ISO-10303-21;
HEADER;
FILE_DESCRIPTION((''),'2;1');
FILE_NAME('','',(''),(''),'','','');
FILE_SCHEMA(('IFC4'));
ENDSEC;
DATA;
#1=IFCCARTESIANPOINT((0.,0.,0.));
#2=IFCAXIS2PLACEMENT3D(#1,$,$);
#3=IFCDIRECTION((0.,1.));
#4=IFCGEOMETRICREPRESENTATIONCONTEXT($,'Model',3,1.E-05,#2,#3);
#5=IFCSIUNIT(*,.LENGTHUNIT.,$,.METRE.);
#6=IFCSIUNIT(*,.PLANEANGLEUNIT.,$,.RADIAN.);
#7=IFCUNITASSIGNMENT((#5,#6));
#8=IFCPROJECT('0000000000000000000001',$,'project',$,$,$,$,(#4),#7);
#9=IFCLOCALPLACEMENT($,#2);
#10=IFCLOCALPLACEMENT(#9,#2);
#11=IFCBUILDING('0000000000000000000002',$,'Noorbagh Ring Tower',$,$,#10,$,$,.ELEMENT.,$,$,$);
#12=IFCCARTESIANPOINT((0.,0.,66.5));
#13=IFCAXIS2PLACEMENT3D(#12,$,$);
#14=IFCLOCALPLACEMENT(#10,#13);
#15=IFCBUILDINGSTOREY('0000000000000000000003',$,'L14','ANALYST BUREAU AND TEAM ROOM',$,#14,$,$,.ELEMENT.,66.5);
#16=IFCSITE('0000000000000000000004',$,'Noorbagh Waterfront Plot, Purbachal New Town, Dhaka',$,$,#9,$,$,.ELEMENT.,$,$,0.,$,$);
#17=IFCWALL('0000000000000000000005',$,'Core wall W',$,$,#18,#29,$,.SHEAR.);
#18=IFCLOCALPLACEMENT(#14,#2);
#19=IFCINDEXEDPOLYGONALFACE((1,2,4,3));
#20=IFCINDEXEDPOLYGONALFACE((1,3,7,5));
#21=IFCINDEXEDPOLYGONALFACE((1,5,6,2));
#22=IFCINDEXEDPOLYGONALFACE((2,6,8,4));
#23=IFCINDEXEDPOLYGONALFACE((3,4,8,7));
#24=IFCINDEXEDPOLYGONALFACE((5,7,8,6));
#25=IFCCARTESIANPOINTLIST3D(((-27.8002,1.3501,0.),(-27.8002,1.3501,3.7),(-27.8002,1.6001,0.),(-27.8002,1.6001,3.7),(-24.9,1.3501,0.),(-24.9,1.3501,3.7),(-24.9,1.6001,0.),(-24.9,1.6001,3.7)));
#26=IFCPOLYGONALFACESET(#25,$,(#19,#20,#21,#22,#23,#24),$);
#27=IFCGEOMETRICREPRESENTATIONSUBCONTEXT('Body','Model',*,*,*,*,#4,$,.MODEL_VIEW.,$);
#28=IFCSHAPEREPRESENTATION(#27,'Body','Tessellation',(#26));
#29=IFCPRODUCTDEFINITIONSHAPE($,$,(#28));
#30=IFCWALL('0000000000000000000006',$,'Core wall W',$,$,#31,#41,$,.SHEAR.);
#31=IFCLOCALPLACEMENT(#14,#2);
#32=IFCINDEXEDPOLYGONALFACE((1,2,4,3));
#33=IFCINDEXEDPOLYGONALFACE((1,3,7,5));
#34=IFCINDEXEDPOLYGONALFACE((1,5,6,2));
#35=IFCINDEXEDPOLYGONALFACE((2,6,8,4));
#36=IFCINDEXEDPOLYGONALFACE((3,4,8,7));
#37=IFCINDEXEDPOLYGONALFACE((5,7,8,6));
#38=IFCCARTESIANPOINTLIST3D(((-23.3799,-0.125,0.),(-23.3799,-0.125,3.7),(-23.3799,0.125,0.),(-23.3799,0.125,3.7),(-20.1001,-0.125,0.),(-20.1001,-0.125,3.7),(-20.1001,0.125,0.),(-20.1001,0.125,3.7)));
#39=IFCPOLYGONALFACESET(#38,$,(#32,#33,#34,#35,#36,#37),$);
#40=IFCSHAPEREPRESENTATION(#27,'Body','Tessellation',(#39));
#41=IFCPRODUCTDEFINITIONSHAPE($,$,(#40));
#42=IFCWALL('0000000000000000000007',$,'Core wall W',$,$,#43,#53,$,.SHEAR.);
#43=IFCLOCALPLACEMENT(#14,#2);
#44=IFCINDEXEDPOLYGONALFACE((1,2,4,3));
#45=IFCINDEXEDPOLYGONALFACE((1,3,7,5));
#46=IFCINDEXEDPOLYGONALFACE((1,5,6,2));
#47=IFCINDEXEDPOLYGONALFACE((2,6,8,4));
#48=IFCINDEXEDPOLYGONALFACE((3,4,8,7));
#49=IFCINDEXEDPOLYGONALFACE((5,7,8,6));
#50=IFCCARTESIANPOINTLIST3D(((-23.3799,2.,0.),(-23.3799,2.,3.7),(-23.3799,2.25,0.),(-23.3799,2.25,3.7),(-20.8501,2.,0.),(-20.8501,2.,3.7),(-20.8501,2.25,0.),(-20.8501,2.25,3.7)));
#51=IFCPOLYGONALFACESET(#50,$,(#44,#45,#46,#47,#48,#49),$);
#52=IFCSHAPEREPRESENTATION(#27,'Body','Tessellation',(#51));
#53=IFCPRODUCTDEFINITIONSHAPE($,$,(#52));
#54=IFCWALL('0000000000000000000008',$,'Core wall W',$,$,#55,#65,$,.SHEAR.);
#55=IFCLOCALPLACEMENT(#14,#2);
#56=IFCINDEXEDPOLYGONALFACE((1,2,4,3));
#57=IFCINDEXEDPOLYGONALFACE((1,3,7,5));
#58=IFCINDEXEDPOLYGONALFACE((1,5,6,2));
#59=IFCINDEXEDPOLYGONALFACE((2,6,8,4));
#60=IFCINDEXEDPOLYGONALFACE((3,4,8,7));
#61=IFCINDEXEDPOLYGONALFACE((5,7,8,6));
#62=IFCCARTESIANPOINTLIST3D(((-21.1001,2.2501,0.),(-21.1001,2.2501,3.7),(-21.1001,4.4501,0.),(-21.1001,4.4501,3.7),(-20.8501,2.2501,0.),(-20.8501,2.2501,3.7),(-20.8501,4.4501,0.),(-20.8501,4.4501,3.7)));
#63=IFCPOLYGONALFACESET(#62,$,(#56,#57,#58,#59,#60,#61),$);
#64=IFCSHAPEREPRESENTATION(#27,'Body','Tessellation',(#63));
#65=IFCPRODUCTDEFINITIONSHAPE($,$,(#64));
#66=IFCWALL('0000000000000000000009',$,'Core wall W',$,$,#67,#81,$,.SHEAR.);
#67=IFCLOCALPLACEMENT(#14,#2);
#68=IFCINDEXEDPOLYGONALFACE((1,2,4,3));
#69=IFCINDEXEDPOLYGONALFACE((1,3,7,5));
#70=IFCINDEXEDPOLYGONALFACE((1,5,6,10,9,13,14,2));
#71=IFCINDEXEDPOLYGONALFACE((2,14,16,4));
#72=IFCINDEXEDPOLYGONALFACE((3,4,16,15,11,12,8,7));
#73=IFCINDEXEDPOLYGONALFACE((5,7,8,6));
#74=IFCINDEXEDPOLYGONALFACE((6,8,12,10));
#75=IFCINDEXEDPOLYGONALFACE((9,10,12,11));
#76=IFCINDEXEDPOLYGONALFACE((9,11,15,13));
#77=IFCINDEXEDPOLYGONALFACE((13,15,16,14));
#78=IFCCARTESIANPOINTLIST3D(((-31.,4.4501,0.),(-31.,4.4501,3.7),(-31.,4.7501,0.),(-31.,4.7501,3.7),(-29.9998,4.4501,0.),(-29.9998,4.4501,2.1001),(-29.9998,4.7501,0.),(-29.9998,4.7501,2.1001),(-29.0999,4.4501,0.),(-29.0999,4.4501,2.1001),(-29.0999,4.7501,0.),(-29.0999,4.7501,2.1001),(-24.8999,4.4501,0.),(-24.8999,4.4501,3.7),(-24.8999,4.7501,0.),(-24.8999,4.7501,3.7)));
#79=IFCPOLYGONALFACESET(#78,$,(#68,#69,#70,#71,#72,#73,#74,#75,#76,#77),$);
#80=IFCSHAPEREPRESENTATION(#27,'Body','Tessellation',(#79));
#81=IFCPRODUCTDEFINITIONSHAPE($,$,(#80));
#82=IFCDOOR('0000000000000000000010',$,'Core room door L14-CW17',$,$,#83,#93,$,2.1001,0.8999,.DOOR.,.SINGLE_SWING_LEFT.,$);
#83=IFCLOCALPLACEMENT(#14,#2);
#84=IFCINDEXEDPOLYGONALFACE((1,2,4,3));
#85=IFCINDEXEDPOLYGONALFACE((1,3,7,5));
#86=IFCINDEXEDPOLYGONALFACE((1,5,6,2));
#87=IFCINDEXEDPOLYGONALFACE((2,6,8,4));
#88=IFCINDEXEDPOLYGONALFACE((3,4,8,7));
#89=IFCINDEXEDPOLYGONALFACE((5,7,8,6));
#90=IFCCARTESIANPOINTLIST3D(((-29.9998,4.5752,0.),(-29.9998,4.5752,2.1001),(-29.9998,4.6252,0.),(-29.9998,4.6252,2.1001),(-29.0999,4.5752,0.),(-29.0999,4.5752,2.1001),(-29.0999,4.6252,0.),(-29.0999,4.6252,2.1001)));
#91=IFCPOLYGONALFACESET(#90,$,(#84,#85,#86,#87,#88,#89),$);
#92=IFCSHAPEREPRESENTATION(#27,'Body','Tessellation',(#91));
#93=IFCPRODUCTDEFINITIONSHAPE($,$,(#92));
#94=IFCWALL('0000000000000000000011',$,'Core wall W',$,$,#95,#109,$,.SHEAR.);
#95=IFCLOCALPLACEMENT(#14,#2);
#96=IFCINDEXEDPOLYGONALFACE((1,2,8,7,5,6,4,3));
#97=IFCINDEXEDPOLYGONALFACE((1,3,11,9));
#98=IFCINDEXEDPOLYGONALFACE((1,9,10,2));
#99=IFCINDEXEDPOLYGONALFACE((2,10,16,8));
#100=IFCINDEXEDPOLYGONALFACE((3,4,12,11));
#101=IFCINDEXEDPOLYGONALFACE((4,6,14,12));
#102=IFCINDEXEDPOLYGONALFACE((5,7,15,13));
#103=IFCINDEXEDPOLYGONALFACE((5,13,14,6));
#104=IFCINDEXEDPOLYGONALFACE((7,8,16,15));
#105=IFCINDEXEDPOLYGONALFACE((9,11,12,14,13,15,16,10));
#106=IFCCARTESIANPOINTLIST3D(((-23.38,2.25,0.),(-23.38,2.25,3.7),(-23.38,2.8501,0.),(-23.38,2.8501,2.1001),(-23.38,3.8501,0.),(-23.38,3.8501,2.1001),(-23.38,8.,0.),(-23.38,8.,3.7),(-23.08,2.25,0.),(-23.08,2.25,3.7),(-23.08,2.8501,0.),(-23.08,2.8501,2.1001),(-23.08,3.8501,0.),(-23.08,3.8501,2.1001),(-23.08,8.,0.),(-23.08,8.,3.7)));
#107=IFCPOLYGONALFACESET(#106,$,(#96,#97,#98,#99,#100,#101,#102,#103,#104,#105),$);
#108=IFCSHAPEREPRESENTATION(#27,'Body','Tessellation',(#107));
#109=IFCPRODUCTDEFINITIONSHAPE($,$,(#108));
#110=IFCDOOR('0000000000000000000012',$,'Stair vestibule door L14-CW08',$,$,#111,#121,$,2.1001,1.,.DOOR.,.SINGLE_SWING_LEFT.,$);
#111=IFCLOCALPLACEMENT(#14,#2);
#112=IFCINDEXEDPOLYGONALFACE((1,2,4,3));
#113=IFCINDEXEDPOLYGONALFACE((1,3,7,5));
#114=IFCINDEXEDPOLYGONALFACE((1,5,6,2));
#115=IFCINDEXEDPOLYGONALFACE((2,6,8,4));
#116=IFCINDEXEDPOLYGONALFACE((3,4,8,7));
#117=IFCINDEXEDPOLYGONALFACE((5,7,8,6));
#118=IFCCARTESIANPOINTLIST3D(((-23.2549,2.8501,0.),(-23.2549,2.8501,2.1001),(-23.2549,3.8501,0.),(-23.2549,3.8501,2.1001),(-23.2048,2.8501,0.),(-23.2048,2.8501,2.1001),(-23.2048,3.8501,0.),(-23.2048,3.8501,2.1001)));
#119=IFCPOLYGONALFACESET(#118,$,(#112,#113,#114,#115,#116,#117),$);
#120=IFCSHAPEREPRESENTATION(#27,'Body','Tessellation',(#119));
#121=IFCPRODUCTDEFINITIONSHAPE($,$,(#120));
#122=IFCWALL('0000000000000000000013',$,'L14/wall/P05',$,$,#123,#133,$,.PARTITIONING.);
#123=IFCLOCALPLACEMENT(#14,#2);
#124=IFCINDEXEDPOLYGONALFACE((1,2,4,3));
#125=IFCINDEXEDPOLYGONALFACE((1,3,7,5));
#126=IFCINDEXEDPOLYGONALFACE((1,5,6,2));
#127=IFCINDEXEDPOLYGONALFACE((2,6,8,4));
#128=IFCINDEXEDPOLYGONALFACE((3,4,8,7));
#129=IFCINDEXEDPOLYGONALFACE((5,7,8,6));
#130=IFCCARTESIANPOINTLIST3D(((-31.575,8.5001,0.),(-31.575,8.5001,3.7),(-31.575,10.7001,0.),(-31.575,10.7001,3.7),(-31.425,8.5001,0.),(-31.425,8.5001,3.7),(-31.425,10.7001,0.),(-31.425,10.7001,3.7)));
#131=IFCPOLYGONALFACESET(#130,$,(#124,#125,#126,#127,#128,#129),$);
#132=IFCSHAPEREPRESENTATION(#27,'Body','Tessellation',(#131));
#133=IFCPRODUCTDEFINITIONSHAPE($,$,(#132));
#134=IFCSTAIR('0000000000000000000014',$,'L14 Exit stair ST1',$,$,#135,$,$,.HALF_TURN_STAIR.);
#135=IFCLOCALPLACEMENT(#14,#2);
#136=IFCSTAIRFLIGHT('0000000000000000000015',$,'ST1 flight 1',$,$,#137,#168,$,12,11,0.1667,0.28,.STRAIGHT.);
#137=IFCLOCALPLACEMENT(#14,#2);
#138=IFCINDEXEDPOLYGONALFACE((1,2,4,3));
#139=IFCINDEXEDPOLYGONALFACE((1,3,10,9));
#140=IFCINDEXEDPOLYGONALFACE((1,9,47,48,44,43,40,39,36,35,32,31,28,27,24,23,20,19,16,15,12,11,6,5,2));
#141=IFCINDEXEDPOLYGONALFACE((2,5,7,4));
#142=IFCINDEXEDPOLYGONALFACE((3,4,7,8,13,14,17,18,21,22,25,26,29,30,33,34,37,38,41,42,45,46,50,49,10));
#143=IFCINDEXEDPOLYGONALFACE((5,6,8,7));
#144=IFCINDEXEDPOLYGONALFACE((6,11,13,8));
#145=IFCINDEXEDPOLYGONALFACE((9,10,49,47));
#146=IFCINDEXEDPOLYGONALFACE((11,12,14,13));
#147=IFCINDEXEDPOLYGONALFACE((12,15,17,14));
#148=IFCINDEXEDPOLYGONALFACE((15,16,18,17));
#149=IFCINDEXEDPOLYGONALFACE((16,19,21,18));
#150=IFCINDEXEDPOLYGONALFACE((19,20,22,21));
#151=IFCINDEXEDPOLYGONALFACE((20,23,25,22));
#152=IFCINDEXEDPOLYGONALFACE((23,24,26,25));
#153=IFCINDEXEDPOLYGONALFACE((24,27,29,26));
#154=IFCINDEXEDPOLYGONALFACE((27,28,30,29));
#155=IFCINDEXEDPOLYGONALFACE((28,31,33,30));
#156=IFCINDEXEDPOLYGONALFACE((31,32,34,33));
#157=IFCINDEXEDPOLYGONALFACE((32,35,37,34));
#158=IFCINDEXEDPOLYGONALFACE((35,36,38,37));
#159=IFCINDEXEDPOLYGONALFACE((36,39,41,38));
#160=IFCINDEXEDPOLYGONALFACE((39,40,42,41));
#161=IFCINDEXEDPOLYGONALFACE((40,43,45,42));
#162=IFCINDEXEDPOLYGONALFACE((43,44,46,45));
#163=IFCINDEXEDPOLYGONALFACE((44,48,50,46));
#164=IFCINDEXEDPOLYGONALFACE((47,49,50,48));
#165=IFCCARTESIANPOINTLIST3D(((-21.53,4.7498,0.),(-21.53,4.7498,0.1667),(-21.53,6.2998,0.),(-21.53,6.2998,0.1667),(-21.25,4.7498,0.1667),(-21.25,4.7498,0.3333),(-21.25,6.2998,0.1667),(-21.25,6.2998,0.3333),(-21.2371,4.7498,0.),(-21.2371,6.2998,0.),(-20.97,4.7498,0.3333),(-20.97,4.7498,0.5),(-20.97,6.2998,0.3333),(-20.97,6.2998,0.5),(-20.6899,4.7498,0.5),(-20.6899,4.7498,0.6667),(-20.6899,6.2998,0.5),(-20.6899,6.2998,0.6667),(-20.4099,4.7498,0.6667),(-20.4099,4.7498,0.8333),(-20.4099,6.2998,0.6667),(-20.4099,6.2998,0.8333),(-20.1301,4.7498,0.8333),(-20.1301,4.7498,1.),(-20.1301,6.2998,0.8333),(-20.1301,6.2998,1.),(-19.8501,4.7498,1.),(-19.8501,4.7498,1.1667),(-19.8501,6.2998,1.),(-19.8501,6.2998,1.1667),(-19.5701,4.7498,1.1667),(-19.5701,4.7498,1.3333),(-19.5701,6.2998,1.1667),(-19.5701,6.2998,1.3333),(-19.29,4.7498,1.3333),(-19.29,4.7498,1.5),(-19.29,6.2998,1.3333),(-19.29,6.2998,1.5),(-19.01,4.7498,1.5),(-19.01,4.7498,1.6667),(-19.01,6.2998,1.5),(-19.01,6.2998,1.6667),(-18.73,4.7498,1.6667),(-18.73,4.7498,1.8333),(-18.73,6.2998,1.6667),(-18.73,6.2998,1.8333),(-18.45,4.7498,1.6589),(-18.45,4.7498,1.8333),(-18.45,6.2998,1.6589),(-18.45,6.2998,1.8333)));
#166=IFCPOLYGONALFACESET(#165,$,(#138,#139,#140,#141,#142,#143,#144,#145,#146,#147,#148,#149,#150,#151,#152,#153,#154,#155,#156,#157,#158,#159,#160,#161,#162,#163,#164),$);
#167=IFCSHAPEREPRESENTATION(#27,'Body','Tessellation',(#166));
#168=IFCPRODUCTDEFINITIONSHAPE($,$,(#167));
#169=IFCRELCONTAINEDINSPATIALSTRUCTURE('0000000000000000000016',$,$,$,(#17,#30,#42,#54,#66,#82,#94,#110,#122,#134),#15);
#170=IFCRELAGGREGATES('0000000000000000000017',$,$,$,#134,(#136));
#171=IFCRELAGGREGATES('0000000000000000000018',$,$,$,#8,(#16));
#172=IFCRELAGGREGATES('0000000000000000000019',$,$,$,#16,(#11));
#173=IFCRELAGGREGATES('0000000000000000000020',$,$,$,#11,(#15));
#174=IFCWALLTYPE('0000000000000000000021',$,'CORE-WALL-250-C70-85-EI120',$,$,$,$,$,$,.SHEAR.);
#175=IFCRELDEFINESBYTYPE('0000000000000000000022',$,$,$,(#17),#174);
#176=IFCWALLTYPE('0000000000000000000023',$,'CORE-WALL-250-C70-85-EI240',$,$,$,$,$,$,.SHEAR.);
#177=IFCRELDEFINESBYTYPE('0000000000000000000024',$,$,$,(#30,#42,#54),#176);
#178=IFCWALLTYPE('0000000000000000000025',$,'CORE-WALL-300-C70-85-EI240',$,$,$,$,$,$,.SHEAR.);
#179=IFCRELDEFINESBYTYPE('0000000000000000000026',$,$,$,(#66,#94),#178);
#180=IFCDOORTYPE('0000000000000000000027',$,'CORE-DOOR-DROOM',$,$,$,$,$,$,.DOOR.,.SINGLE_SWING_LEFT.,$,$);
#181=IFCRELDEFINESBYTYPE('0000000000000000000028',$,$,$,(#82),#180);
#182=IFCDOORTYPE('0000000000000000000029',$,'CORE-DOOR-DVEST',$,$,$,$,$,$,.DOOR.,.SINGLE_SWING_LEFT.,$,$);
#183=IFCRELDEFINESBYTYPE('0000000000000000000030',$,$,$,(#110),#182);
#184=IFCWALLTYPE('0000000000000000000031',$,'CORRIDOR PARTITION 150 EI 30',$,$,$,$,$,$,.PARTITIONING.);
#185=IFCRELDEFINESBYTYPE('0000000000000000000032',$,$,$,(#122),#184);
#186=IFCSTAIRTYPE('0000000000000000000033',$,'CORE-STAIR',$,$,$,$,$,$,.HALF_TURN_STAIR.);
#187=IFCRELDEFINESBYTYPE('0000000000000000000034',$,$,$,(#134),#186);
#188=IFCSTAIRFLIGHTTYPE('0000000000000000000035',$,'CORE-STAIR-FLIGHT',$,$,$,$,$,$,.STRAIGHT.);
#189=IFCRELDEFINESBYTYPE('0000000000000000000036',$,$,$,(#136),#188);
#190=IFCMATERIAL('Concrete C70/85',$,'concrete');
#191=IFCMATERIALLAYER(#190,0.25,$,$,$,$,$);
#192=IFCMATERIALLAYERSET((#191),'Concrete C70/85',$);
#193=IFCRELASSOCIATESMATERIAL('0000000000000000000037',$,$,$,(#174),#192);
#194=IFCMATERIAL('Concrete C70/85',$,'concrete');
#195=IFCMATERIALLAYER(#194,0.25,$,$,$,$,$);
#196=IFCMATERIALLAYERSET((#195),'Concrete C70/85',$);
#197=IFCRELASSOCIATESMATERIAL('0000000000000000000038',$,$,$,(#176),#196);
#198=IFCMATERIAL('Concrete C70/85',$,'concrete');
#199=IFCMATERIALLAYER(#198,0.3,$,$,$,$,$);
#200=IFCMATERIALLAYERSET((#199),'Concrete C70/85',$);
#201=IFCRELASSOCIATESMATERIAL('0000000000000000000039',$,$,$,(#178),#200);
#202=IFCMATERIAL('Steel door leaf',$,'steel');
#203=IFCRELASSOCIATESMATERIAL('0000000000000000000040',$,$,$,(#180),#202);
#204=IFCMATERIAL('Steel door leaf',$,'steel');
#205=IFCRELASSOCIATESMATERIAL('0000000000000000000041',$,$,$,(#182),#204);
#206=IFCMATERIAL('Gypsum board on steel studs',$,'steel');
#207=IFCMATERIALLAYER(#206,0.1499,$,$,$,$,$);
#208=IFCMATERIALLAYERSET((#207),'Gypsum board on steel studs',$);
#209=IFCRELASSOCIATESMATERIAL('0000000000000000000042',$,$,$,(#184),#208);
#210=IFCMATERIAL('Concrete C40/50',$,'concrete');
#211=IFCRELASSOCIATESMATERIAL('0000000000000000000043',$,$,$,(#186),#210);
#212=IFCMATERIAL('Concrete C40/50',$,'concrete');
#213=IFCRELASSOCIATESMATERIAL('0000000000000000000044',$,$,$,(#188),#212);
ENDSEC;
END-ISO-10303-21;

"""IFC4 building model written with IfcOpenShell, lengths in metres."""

from ifc_helpers import new_model, si_unit, direction, frame, frame_2d, origin, place, context, subcontext, project, spatial, polyline, rectangle, outline, extrude, material, layer, layer_set, type_object, element, fill, aggregate, save


model = new_model("IFC4")

# Units and contexts
model_context = context("Model", 3, precision=1e-05, world=origin(), true_north=direction((0.0, 1.0)))
body_context = subcontext(model_context, "Body", "Model", "MODEL_VIEW")
ifc_project = project(units=[si_unit("LENGTHUNIT", "METRE"), si_unit("PLANEANGLEUNIT", "RADIAN")], contexts=[model_context])

# Site, building, storey
site_placement = place(None, origin())
site = spatial("IfcSite", under=ifc_project, at=site_placement, Name="Noorbagh Waterfront Plot, Purbachal New Town, Dhaka", CompositionType="ELEMENT", RefElevation=0.0)
building_placement = place(site_placement, origin())
building = spatial("IfcBuilding", under=site, at=building_placement, Name="Noorbagh Ring Tower", CompositionType="ELEMENT")
storey_placement = place(building_placement, frame((0.0, 0.0, 66.5)))
storey = spatial("IfcBuildingStorey", under=building, at=storey_placement, Name="L14", Description="ANALYST BUREAU AND TEAM ROOM", CompositionType="ELEMENT", Elevation=66.5)

# Walls
ifc_material_1 = material(Name="Concrete C70/85", Category="concrete")
ifc_layer_1 = layer(ifc_material_1, 0.25)
ifc_layer_set_1 = layer_set([ifc_layer_1], Name="Concrete C70/85")
wall_type_1 = type_object("IfcWallType", Name="CORE-WALL-250-C70-85-EI120", PredefinedType="SHEAR", material=ifc_layer_set_1)
for number, where, z_axis, x_axis, name in (
    (1, (-24.8999, 1.4751, 0.0), (0.0, 0.0, 1.0), (-1.0, 0.0, 0.0), "Core wall W"),
):
    element("IfcWall", number, at=place(storey_placement, frame(where, z_axis=z_axis, x_axis=x_axis)), inside=storey, type_object=wall_type_1, Name=name, PredefinedType="SHEAR", context=body_context, shape_type="SweptSolid", body=[
        extrude(rectangle(XDim=2.9001, YDim=0.25, at=frame_2d((1.4502, 0.0))), origin(), (0.0, 0.0, 1.0), 3.7),
    ])
ifc_material_2 = material(Name="Concrete C70/85", Category="concrete")
ifc_layer_2 = layer(ifc_material_2, 0.25)
ifc_layer_set_2 = layer_set([ifc_layer_2], Name="Concrete C70/85")
wall_type_2 = type_object("IfcWallType", Name="CORE-WALL-250-C70-85-EI240", PredefinedType="SHEAR", material=ifc_layer_set_2)
wall_1_placement = place(storey_placement, frame((-20.1001, 0.0, 0.0), z_axis=(0.0, 0.0, 1.0), x_axis=(-1.0, 0.0, 0.0)))
element("IfcWall", 2, at=wall_1_placement, inside=storey, type_object=wall_type_2, Name="Core wall W", PredefinedType="SHEAR", context=body_context, shape_type="SweptSolid", body=[
    extrude(rectangle(XDim=3.2798, YDim=0.25, at=frame_2d((1.6399, 0.0))), origin(), (0.0, 0.0, 1.0), 3.7),
])
wall_2_placement = place(storey_placement, frame((-20.8501, 2.125, 0.0), z_axis=(0.0, 0.0, 1.0), x_axis=(-1.0, 0.0, 0.0)))
element("IfcWall", 3, at=wall_2_placement, inside=storey, type_object=wall_type_2, Name="Core wall W", PredefinedType="SHEAR", context=body_context, shape_type="SweptSolid", body=[
    extrude(rectangle(XDim=2.5298, YDim=0.25, at=frame_2d((1.2649, 0.0))), origin(), (0.0, 0.0, 1.0), 3.7),
])
wall_3_placement = place(storey_placement, frame((-20.9751, 2.25, 0.0), z_axis=(0.0, 0.0, 1.0), x_axis=(0.0, 1.0, 0.0)))
element("IfcWall", 4, at=wall_3_placement, inside=storey, type_object=wall_type_2, Name="Core wall W", PredefinedType="SHEAR", context=body_context, shape_type="SweptSolid", body=[
    extrude(rectangle(XDim=2.2, YDim=0.25, at=frame_2d((1.1001, 0.0))), origin(), (0.0, 0.0, 1.0), 3.7),
])

# Walls, openings, doors
ifc_material_3 = material(Name="Concrete C70/85", Category="concrete")
ifc_layer_3 = layer(ifc_material_3, 0.3)
ifc_layer_set_3 = layer_set([ifc_layer_3], Name="Concrete C70/85")
wall_type_3 = type_object("IfcWallType", Name="CORE-WALL-300-C70-85-EI240", PredefinedType="SHEAR", material=ifc_layer_set_3)
wall_4_placement = place(storey_placement, frame((-24.8999, 4.6001, 0.0), z_axis=(0.0, 0.0, 1.0), x_axis=(-1.0, 0.0, 0.0)))
wall_4 = element("IfcWall", 5, at=wall_4_placement, inside=storey, type_object=wall_type_3, Name="Core wall W", PredefinedType="SHEAR", context=body_context, shape_type="SweptSolid", body=[
    extrude(rectangle(XDim=6.1001, YDim=0.3, at=frame_2d((3.05, 0.0))), origin(), (0.0, 0.0, 1.0), 3.7),
])
opening_1_placement = place(wall_4_placement, frame((4.2, 0.0, 0.0)))
opening_1 = element("IfcOpeningElement", 6, at=opening_1_placement, cuts=wall_4, PredefinedType="OPENING", context=body_context, shape_type="SweptSolid", body=[
    extrude(rectangle(XDim=0.8999, YDim=2.1001, at=frame_2d((0.45, 1.05))), frame((0.0, 0.1602, 0.0), z_axis=(0.0, -1.0, 0.0), x_axis=(1.0, 0.0, 0.0)), (0.0, 0.0, 1.0), 0.3201),
])
ifc_material_4 = material(Name="Steel door leaf", Category="steel")
door_type_1 = type_object("IfcDoorType", Name="CORE-DOOR-DROOM", OperationType="SINGLE_SWING_LEFT", PredefinedType="DOOR", material=ifc_material_4)
door_1_placement = place(opening_1_placement, origin())
door_1 = element("IfcDoor", 7, at=door_1_placement, inside=storey, type_object=door_type_1, Name="Core room door L14-CW17", OperationType="SINGLE_SWING_LEFT", OverallHeight=2.1001, OverallWidth=0.8999, PredefinedType="DOOR", context=body_context, shape_type="SweptSolid", body=[
    extrude(rectangle(XDim=0.8999, YDim=2.1001, at=frame_2d((0.45, 1.05))), frame((0.0, 0.0249, 0.0), z_axis=(0.0, -1.0, 0.0), x_axis=(1.0, 0.0, 0.0)), (0.0, 0.0, 1.0), 0.05),
])
fill(opening_1, door_1)
wall_5_placement = place(storey_placement, frame((-23.23, 2.25, 0.0), z_axis=(0.0, 0.0, 1.0), x_axis=(0.0, 1.0, 0.0)))
wall_5 = element("IfcWall", 8, at=wall_5_placement, inside=storey, type_object=wall_type_3, Name="Core wall W", PredefinedType="SHEAR", context=body_context, shape_type="SweptSolid", body=[
    extrude(rectangle(XDim=5.75, YDim=0.3, at=frame_2d((2.875, 0.0))), origin(), (0.0, 0.0, 1.0), 3.7),
])
opening_2_placement = place(wall_5_placement, frame((0.6001, 0.0, 0.0)))
opening_2 = element("IfcOpeningElement", 9, at=opening_2_placement, cuts=wall_5, PredefinedType="OPENING", context=body_context, shape_type="SweptSolid", body=[
    extrude(rectangle(XDim=1.0, YDim=2.1001, at=frame_2d((0.5, 1.05))), frame((0.0, 0.1602, 0.0), z_axis=(0.0, -1.0, 0.0), x_axis=(1.0, 0.0, 0.0)), (0.0, 0.0, 1.0), 0.3201),
])
ifc_material_5 = material(Name="Steel door leaf", Category="steel")
door_type_2 = type_object("IfcDoorType", Name="CORE-DOOR-DVEST", OperationType="SINGLE_SWING_LEFT", PredefinedType="DOOR", material=ifc_material_5)
door_2_placement = place(opening_2_placement, origin())
door_2 = element("IfcDoor", 10, at=door_2_placement, inside=storey, type_object=door_type_2, Name="Stair vestibule door L14-CW08", OperationType="SINGLE_SWING_LEFT", OverallHeight=2.1001, OverallWidth=1.0, PredefinedType="DOOR", context=body_context, shape_type="SweptSolid", body=[
    extrude(rectangle(XDim=1.0, YDim=2.1001, at=frame_2d((0.5, 1.05))), frame((0.0, 0.0249, 0.0), z_axis=(0.0, -1.0, 0.0), x_axis=(1.0, 0.0, 0.0)), (0.0, 0.0, 1.0), 0.05),
])
fill(opening_2, door_2)

# Wall
ifc_material_6 = material(Name="Gypsum board on steel studs", Category="steel")
ifc_layer_4 = layer(ifc_material_6, 0.1499)
ifc_layer_set_4 = layer_set([ifc_layer_4], Name="Gypsum board on steel studs")
wall_type_4 = type_object("IfcWallType", Name="CORRIDOR PARTITION 150 EI 30", PredefinedType="PARTITIONING", material=ifc_layer_set_4)
wall_6_placement = place(storey_placement, frame((-31.5, 8.5, 0.0), z_axis=(0.0, 0.0, 1.0), x_axis=(0.0, 1.0, 0.0)))
element("IfcWall", 11, at=wall_6_placement, inside=storey, type_object=wall_type_4, Name="L14/wall/P05", PredefinedType="PARTITIONING", context=body_context, shape_type="SweptSolid", body=[
    extrude(rectangle(XDim=2.2, YDim=0.1499, at=frame_2d((1.1001, 0.0))), origin(), (0.0, 0.0, 1.0), 3.7),
])

# Stair, stair flight
ifc_material_7 = material(Name="Concrete C40/50", Category="concrete")
stair_type = type_object("IfcStairType", Name="CORE-STAIR", PredefinedType="HALF_TURN_STAIR", material=ifc_material_7)
stair_placement = place(storey_placement, origin())
stair = element("IfcStair", 12, at=stair_placement, inside=storey, type_object=stair_type, Name="L14 Exit stair ST1", PredefinedType="HALF_TURN_STAIR")
ifc_material_8 = material(Name="Concrete C40/50", Category="concrete")
stair_flight_type = type_object("IfcStairFlightType", Name="CORE-STAIR-FLIGHT", PredefinedType="STRAIGHT", material=ifc_material_8)
stair_flight_1_placement = place(storey_placement, frame((-21.53, 5.5249, 0.0), z_axis=(0.0, 0.0, 1.0), x_axis=(1.0, 0.0, 0.0)))
stair_flight_1 = element("IfcStairFlight", 13, at=stair_flight_1_placement, type_object=stair_flight_type, Name="ST1 flight 1", NumberOfRisers=12, NumberOfTreads=11, PredefinedType="STRAIGHT", RiserHeight=0.1667, TreadLength=0.28, context=body_context, shape_type="SweptSolid", body=[
    extrude(outline(polyline([(0.0, 0.0), (0.0, 0.1667), (0.28, 0.1667), (0.28, 0.3333), (0.5601, 0.3333), (0.5601, 0.5), (0.8401, 0.5), (0.8401, 0.6667), (1.1201, 0.6667), (1.1201, 0.8333), (1.3999, 0.8333), (1.3999, 1.0), (1.6799, 1.0), (1.6799, 1.1667), (1.96, 1.1667), (1.96, 1.3333), (2.24, 1.3333), (2.24, 1.5), (2.52, 1.5), (2.52, 1.6667), (2.8, 1.6667), (2.8, 1.8333), (3.0801, 1.8333), (3.0801, 2.0), (3.0801, 1.6589), (0.293, 0.0), (0.0, 0.0)])), frame((0.0, 0.7749, 0.0), z_axis=(0.0, -1.0, 0.0), x_axis=(1.0, 0.0, 0.0)), (0.0, 0.0, 1.0), 1.55),
])
aggregate(stair, [stair_flight_1])

save(model, "model.ifc")
